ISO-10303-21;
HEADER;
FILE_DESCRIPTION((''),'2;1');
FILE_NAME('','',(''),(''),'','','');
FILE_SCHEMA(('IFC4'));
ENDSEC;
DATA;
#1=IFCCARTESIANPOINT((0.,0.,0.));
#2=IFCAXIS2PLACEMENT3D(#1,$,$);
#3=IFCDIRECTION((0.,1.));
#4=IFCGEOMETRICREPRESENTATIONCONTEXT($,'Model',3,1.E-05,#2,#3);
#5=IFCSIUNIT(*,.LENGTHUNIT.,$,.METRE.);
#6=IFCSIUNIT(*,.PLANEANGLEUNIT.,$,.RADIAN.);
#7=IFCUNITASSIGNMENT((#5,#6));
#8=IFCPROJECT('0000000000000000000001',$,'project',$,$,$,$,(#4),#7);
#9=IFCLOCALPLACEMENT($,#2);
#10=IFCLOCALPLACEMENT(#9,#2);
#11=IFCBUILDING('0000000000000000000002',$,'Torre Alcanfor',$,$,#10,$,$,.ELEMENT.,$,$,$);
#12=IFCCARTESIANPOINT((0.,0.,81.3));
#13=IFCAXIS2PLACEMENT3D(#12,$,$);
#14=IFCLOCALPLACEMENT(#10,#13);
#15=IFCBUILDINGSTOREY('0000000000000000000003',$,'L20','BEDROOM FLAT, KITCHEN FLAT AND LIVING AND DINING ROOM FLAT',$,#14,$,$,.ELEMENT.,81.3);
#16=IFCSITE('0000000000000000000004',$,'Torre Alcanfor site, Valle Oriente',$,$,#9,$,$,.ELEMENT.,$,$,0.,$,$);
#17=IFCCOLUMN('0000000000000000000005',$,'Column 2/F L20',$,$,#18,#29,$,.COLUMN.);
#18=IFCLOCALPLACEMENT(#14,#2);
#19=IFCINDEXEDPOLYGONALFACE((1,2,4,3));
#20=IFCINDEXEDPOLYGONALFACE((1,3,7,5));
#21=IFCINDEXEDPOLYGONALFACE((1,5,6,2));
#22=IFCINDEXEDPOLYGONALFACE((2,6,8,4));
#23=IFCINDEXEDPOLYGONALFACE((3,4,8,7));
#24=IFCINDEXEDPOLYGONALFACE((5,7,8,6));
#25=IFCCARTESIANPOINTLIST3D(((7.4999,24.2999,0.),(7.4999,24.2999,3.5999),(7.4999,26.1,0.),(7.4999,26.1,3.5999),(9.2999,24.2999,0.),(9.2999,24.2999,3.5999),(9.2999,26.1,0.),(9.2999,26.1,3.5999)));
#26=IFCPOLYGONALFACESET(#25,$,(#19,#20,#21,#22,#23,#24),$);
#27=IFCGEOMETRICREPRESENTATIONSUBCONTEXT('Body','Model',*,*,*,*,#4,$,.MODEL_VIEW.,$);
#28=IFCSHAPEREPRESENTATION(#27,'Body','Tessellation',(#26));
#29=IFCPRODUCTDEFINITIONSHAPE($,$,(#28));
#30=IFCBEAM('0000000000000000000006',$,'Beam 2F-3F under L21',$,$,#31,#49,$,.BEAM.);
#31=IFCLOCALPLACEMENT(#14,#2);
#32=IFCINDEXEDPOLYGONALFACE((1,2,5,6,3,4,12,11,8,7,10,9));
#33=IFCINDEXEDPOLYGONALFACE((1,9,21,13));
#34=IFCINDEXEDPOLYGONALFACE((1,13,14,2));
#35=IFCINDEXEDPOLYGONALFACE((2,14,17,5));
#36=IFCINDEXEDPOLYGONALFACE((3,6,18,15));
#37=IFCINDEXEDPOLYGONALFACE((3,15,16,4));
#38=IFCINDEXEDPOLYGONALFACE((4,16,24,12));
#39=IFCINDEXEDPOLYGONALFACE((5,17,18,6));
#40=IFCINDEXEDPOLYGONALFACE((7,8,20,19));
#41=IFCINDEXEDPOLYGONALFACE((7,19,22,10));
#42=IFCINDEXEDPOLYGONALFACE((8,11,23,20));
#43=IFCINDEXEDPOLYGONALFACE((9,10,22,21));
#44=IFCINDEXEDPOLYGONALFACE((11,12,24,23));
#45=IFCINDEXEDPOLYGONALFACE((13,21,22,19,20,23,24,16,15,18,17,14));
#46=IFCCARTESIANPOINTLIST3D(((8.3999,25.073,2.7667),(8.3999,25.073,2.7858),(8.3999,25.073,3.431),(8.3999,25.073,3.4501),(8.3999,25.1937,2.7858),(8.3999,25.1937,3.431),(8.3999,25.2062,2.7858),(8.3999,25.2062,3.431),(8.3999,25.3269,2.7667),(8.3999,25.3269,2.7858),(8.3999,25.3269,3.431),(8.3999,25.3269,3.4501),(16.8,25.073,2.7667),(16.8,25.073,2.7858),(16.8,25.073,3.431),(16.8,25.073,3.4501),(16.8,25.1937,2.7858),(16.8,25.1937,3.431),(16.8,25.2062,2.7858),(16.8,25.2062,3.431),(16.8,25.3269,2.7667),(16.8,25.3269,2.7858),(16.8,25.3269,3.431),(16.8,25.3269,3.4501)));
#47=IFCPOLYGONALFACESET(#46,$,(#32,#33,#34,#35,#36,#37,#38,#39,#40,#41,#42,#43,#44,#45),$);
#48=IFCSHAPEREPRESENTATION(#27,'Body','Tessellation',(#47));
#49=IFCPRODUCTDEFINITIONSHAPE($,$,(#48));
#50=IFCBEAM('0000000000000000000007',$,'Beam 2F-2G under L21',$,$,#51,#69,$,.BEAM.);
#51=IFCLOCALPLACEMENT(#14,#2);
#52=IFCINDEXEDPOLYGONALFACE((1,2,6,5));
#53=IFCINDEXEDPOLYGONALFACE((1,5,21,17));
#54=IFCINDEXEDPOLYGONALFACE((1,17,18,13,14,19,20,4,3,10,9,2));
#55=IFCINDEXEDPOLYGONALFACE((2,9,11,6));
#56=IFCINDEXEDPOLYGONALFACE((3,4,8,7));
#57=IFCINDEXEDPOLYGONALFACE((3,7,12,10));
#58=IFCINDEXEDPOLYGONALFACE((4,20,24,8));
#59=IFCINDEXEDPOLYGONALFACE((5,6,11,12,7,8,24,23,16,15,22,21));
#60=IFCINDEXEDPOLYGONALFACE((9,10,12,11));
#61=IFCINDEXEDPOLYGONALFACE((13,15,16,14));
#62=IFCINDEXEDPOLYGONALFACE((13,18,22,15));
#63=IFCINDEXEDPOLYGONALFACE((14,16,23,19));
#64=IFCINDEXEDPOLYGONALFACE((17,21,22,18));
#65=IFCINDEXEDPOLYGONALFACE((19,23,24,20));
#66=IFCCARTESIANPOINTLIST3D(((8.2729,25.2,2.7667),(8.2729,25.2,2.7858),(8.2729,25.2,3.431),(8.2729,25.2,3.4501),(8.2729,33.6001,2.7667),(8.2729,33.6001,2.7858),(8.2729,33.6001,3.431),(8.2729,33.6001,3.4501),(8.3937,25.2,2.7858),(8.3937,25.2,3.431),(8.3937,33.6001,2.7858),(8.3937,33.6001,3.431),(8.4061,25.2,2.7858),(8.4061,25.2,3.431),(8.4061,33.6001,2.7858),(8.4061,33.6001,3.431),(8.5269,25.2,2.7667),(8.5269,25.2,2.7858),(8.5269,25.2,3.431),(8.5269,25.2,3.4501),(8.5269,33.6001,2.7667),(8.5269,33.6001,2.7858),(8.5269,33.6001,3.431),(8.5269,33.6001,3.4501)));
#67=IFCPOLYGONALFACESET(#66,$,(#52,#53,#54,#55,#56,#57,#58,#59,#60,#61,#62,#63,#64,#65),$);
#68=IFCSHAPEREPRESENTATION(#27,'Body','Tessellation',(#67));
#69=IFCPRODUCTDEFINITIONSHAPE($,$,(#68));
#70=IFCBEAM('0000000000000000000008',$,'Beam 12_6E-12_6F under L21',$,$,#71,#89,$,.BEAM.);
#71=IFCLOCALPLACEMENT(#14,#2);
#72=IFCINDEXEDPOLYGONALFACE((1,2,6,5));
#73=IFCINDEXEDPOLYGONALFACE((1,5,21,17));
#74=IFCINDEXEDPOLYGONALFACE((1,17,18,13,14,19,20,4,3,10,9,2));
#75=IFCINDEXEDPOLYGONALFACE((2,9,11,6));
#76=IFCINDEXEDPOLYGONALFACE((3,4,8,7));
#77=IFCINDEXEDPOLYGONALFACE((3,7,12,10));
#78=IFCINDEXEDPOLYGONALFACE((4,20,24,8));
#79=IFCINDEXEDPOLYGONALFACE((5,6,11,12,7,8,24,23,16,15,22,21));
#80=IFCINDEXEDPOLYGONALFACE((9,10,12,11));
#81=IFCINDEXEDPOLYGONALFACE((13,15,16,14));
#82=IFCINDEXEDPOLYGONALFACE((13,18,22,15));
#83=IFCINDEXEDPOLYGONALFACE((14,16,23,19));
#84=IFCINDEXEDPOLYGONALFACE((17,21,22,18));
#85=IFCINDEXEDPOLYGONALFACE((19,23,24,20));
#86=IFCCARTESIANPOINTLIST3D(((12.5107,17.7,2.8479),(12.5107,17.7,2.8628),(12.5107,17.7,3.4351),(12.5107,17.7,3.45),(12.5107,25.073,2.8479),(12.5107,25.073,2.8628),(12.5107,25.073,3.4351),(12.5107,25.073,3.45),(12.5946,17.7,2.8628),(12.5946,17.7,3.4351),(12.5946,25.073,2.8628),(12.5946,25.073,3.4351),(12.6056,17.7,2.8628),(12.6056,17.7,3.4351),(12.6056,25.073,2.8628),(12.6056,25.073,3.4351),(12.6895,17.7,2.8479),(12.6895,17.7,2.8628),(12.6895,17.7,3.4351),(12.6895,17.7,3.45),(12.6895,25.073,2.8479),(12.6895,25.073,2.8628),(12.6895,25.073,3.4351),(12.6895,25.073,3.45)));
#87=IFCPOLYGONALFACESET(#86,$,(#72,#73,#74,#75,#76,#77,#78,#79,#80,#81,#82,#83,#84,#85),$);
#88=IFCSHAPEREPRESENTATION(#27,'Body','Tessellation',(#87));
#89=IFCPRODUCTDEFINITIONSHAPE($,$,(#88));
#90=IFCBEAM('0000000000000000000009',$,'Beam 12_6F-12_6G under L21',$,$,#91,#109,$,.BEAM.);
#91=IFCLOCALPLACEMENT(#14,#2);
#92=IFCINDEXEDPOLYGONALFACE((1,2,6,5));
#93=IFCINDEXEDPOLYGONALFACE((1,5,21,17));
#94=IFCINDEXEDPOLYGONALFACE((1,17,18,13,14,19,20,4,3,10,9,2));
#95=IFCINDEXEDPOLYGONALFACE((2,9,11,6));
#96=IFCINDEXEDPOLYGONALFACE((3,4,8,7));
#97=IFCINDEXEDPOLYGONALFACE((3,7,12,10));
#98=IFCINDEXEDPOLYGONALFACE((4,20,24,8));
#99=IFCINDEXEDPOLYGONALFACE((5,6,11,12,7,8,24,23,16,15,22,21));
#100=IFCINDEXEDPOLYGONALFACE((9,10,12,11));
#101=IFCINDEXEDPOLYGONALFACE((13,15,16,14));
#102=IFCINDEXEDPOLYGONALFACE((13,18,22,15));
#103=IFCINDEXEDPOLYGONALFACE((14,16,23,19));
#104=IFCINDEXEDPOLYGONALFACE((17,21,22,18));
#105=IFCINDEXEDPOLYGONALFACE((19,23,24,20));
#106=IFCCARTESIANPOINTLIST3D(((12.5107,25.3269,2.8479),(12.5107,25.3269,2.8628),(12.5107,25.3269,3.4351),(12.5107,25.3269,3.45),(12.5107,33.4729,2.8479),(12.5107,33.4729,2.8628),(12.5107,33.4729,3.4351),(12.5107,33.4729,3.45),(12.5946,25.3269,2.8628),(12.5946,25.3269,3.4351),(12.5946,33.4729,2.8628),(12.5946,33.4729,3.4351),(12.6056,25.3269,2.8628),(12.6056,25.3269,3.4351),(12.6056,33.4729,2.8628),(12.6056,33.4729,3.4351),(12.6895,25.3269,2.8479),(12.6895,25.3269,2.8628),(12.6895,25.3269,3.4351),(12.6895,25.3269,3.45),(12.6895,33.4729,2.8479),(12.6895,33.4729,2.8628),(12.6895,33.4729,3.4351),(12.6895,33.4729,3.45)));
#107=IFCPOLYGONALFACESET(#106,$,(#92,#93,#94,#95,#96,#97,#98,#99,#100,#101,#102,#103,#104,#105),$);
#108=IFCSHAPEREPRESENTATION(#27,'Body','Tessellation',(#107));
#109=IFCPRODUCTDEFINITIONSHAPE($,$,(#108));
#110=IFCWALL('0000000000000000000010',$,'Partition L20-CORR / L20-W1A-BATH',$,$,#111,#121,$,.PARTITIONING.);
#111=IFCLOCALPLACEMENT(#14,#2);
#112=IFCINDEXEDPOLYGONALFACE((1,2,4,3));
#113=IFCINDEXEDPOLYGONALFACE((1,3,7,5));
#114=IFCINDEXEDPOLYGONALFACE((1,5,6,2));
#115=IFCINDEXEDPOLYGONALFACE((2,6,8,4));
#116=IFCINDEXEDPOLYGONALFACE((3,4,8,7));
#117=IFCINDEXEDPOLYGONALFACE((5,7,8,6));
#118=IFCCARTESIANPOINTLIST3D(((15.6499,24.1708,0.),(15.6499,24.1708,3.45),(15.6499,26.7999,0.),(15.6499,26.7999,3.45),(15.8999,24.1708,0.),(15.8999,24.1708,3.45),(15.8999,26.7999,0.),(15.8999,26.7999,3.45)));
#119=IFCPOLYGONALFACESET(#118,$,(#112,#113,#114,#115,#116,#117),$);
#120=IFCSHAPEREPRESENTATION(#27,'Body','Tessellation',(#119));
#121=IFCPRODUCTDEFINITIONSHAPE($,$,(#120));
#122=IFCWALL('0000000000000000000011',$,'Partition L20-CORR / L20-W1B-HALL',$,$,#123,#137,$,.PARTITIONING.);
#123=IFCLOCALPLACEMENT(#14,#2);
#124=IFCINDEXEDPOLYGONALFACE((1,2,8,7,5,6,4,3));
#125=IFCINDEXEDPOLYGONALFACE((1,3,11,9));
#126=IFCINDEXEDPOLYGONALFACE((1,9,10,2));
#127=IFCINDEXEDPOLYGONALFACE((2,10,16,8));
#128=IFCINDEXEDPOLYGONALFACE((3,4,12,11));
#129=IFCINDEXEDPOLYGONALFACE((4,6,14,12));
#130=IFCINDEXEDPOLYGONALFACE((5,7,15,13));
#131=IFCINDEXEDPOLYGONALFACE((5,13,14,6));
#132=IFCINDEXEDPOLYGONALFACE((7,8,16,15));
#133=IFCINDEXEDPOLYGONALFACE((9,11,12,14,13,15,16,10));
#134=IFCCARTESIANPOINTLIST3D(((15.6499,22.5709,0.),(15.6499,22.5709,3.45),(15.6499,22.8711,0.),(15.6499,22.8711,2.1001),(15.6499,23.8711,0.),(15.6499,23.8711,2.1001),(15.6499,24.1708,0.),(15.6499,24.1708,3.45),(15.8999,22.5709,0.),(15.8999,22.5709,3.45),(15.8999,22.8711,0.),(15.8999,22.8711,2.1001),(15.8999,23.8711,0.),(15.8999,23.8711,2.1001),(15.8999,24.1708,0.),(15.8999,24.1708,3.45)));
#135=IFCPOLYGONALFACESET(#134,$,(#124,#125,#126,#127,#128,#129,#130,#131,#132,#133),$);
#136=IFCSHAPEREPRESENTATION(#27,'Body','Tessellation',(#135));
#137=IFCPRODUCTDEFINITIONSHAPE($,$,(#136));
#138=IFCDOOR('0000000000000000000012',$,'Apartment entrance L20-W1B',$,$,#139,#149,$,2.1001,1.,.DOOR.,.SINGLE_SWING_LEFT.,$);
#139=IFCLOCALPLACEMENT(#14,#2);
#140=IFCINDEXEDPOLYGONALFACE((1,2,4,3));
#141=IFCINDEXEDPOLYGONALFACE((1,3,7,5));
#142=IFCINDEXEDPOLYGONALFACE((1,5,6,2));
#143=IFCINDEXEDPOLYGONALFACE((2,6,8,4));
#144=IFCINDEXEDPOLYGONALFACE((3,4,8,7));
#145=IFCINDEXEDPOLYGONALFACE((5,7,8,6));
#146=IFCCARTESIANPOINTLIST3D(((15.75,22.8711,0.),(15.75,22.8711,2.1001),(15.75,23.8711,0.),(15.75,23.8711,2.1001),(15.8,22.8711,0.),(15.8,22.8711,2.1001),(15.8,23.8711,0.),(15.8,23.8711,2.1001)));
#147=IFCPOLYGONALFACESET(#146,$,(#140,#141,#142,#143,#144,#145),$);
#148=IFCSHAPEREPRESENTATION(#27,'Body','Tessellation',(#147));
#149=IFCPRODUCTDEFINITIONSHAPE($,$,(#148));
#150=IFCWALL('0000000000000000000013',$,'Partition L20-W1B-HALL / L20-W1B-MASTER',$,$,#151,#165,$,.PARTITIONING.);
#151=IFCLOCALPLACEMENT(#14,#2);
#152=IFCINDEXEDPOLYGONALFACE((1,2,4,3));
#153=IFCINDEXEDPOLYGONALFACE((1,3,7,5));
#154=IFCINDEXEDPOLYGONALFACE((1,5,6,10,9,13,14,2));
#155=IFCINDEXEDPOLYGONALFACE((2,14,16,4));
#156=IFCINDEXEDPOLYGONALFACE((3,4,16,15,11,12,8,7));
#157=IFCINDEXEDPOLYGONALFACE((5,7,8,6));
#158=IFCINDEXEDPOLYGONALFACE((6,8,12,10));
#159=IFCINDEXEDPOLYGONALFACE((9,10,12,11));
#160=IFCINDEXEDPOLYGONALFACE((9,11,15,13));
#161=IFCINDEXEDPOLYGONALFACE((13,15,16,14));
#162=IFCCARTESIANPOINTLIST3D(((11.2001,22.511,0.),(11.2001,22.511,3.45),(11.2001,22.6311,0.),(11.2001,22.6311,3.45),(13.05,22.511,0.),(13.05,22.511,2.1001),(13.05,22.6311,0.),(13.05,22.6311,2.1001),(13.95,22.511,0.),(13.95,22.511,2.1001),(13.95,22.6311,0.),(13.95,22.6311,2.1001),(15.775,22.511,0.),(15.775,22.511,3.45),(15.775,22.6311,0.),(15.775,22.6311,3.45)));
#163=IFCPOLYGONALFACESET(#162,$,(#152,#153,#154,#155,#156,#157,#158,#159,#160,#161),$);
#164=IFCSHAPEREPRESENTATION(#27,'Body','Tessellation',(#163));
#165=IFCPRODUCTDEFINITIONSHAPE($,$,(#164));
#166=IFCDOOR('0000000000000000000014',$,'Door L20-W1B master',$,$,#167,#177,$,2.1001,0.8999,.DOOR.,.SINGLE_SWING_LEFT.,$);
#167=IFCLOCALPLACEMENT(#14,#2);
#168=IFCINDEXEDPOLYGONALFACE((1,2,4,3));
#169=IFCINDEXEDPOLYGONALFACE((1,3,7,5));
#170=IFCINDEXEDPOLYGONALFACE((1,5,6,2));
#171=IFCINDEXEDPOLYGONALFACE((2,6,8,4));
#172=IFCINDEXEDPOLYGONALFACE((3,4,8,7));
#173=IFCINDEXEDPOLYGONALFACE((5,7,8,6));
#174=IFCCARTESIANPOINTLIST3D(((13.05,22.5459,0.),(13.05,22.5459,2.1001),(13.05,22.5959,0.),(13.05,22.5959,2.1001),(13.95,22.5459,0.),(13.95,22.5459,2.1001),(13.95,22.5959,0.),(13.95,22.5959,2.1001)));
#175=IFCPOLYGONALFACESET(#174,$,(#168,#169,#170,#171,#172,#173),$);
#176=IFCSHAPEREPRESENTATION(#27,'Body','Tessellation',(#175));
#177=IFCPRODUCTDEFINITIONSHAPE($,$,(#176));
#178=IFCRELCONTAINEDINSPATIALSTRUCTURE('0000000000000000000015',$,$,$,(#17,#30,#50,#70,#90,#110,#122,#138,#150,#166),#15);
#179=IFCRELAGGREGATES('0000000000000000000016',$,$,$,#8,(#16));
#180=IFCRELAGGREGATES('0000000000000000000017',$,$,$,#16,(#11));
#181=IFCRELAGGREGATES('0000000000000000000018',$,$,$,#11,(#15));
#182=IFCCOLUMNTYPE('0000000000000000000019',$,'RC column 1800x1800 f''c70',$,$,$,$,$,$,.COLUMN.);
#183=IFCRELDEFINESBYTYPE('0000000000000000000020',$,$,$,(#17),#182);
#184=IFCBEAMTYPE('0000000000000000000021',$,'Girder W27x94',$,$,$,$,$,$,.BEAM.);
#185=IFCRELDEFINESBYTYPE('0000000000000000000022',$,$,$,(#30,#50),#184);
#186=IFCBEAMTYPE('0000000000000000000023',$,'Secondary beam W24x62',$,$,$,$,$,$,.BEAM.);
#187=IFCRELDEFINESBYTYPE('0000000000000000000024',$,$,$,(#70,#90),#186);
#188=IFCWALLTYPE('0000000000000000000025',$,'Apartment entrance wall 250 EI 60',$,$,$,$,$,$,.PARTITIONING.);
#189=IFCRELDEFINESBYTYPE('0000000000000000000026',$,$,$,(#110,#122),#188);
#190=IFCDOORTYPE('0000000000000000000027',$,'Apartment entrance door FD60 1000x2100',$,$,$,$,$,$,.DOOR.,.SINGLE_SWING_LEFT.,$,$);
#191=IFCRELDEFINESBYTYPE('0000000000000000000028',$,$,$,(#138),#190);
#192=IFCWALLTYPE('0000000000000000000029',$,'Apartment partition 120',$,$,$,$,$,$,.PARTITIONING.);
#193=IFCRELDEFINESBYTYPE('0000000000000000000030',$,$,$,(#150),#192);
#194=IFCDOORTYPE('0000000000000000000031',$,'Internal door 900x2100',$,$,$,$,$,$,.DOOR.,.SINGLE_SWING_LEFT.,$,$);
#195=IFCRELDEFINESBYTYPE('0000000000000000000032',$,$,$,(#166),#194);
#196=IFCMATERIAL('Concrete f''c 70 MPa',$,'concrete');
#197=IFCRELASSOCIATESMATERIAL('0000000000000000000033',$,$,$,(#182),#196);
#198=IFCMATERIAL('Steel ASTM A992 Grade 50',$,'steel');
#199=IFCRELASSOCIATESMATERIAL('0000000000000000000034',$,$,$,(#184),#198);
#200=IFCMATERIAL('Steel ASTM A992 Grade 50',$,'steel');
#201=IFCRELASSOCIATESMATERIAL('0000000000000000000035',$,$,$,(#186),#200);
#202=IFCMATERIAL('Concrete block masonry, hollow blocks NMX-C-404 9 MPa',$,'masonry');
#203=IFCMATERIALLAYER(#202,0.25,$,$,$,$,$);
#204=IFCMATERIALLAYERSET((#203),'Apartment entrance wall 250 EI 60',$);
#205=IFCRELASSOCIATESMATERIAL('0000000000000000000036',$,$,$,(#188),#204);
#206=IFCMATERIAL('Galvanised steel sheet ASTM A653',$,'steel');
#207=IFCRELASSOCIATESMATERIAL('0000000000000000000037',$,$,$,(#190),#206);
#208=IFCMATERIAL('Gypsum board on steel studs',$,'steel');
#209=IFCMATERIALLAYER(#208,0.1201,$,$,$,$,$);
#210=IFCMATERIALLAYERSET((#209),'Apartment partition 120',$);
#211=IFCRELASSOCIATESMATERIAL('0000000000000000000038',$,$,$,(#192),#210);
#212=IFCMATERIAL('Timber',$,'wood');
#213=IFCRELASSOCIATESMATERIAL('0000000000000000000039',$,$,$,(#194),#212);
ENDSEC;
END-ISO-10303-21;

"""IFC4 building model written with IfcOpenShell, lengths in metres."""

from ifc_helpers import new_model, si_unit, direction, frame, frame_2d, origin, origin_2d, place, context, subcontext, project, spatial, rectangle, i_section, extrude, material, layer, layer_set, material_profile, profile_set, type_object, element, fill, save


model = new_model("IFC4")

# Units and contexts
model_context = context("Model", 3, precision=1e-05, world=origin(), true_north=direction((0.0, 1.0)))
body_context = subcontext(model_context, "Body", "Model", "MODEL_VIEW")
ifc_project = project(units=[si_unit("LENGTHUNIT", "METRE"), si_unit("PLANEANGLEUNIT", "RADIAN")], contexts=[model_context])

# Site, building, storey
site_placement = place(None, origin())
site = spatial("IfcSite", under=ifc_project, at=site_placement, Name="Torre Alcanfor site, Valle Oriente", CompositionType="ELEMENT", RefElevation=0.0)
building_placement = place(site_placement, origin())
building = spatial("IfcBuilding", under=site, at=building_placement, Name="Torre Alcanfor", CompositionType="ELEMENT")
storey_placement = place(building_placement, frame((0.0, 0.0, 81.3)))
storey = spatial("IfcBuildingStorey", under=building, at=storey_placement, Name="L20", Description="BEDROOM FLAT, KITCHEN FLAT AND LIVING AND DINING ROOM FLAT", CompositionType="ELEMENT", Elevation=81.3)

# Column
ifc_material_1 = material(Name="Concrete f'c 70 MPa", Category="concrete")
ifc_material_profile_1 = material_profile(ifc_material_1, rectangle(XDim=1.8, YDim=1.8, at=origin_2d()), Name="1800x1800")
ifc_profile_set_1 = profile_set([ifc_material_profile_1], Name="Concrete f'c 70 MPa")
column_type = type_object("IfcColumnType", Name="RC column 1800x1800 f'c70", PredefinedType="COLUMN", material=ifc_profile_set_1)
column_placement = place(storey_placement, frame((8.3999, 25.2, 0.0), z_axis=(0.0, 0.0, 1.0), x_axis=(1.0, 0.0, 0.0)))
element("IfcColumn", 1, at=column_placement, inside=storey, type_object=column_type, Name="Column 2/F L20", PredefinedType="COLUMN", context=body_context, shape_type="SweptSolid", body=[
    extrude(rectangle(XDim=1.8, YDim=1.8, at=origin_2d()), origin(), (0.0, 0.0, 1.0), 3.5999),
])

# Beams
ifc_material_2 = material(Name="Steel ASTM A992 Grade 50", Category="steel")
ifc_material_profile_2 = material_profile(ifc_material_2, i_section(OverallWidth=0.2539, OverallDepth=0.6833, WebThickness=0.0125, FlangeThickness=0.019, at=origin_2d()), Name="W27x94")
ifc_profile_set_2 = profile_set([ifc_material_profile_2], Name="Steel ASTM A992 Grade 50")
beam_type_1 = type_object("IfcBeamType", Name="Girder W27x94", PredefinedType="BEAM", material=ifc_profile_set_2)
for number, where, z_axis, x_axis, name in (
    (2, (8.3999, 25.2, 3.1084), (1.0, 0.0, 0.0), (0.0, 1.0, 0.0), "Beam 2F-3F under L21"),
    (3, (8.3999, 25.2, 3.1084), (0.0, 1.0, 0.0), (-1.0, 0.0, 0.0), "Beam 2F-2G under L21"),
):
    element("IfcBeam", number, at=place(storey_placement, frame(where, z_axis=z_axis, x_axis=x_axis)), inside=storey, type_object=beam_type_1, Name=name, PredefinedType="BEAM", context=body_context, shape_type="SweptSolid", body=[
        extrude(i_section(OverallWidth=0.2539, OverallDepth=0.6833, WebThickness=0.0125, FlangeThickness=0.019, at=origin_2d()), origin(), (0.0, 0.0, 1.0), 8.4001),
    ])
ifc_material_3 = material(Name="Steel ASTM A992 Grade 50", Category="steel")
ifc_material_profile_3 = material_profile(ifc_material_3, i_section(OverallWidth=0.1787, OverallDepth=0.6021, WebThickness=0.011, FlangeThickness=0.0149, at=origin_2d()), Name="W24x62")
ifc_profile_set_3 = profile_set([ifc_material_profile_3], Name="Steel ASTM A992 Grade 50")
beam_type_2 = type_object("IfcBeamType", Name="Secondary beam W24x62", PredefinedType="BEAM", material=ifc_profile_set_3)
beam_1_placement = place(storey_placement, frame((12.6001, 17.7, 3.1489), z_axis=(0.0, 1.0, 0.0), x_axis=(-1.0, 0.0, 0.0)))
element("IfcBeam", 4, at=beam_1_placement, inside=storey, type_object=beam_type_2, Name="Beam 12_6E-12_6F under L21", PredefinedType="BEAM", context=body_context, shape_type="SweptSolid", body=[
    extrude(i_section(OverallWidth=0.1787, OverallDepth=0.6021, WebThickness=0.011, FlangeThickness=0.0149, at=origin_2d()), origin(), (0.0, 0.0, 1.0), 7.373),
])
beam_2_placement = place(storey_placement, frame((12.6001, 25.3269, 3.1489), z_axis=(0.0, 1.0, 0.0), x_axis=(-1.0, 0.0, 0.0)))
element("IfcBeam", 5, at=beam_2_placement, inside=storey, type_object=beam_type_2, Name="Beam 12_6F-12_6G under L21", PredefinedType="BEAM", context=body_context, shape_type="SweptSolid", body=[
    extrude(i_section(OverallWidth=0.1787, OverallDepth=0.6021, WebThickness=0.011, FlangeThickness=0.0149, at=origin_2d()), origin(), (0.0, 0.0, 1.0), 8.146),
])

# Wall
ifc_material_4 = material(Name="Concrete block masonry, hollow blocks NMX-C-404 9 MPa", Category="masonry")
ifc_layer_1 = layer(ifc_material_4, 0.25)
ifc_layer_set_1 = layer_set([ifc_layer_1], Name="Apartment entrance wall 250 EI 60")
wall_type_1 = type_object("IfcWallType", Name="Apartment entrance wall 250 EI 60", PredefinedType="PARTITIONING", material=ifc_layer_set_1)
wall_1_placement = place(storey_placement, frame((15.7749, 24.1709, 0.0), z_axis=(0.0, 0.0, 1.0), x_axis=(0.0, 1.0, 0.0)))
element("IfcWall", 6, at=wall_1_placement, inside=storey, type_object=wall_type_1, Name="Partition L20-CORR / L20-W1A-BATH", PredefinedType="PARTITIONING", context=body_context, shape_type="SweptSolid", body=[
    extrude(rectangle(XDim=2.6292, YDim=0.25, at=frame_2d((1.3145, 0.0))), origin(), (0.0, 0.0, 1.0), 3.45),
])

# Walls, openings, doors
wall_2_placement = place(storey_placement, frame((15.7749, 22.571, 0.0), z_axis=(0.0, 0.0, 1.0), x_axis=(0.0, 1.0, 0.0)))
wall_2 = element("IfcWall", 7, at=wall_2_placement, inside=storey, type_object=wall_type_1, Name="Partition L20-CORR / L20-W1B-HALL", PredefinedType="PARTITIONING", context=body_context, shape_type="SweptSolid", body=[
    extrude(rectangle(XDim=1.5999, YDim=0.25, at=frame_2d((0.7998, 0.0))), origin(), (0.0, 0.0, 1.0), 3.45),
])
opening_1_placement = place(wall_2_placement, frame((0.3, 0.0, 0.0)))
opening_1 = element("IfcOpeningElement", 8, at=opening_1_placement, cuts=wall_2, PredefinedType="OPENING", context=body_context, shape_type="SweptSolid", body=[
    extrude(rectangle(XDim=1.0, YDim=2.1001, at=frame_2d((0.5, 1.05))), frame((0.0, 0.135, 0.0), z_axis=(0.0, -1.0, 0.0), x_axis=(1.0, 0.0, 0.0)), (0.0, 0.0, 1.0), 0.27),
])
ifc_material_5 = material(Name="Galvanised steel sheet ASTM A653", Category="steel")
door_type_1 = type_object("IfcDoorType", Name="Apartment entrance door FD60 1000x2100", OperationType="SINGLE_SWING_LEFT", PredefinedType="DOOR", material=ifc_material_5)
door_1_placement = place(opening_1_placement, origin())
door_1 = element("IfcDoor", 9, at=door_1_placement, inside=storey, type_object=door_type_1, Name="Apartment entrance L20-W1B", OperationType="SINGLE_SWING_LEFT", OverallHeight=2.1001, OverallWidth=1.0, PredefinedType="DOOR", context=body_context, shape_type="SweptSolid", body=[
    extrude(rectangle(XDim=1.0, YDim=2.1001, at=frame_2d((0.5, 1.05))), frame((0.0, 0.0249, 0.0), z_axis=(0.0, -1.0, 0.0), x_axis=(1.0, 0.0, 0.0)), (0.0, 0.0, 1.0), 0.05),
])
fill(opening_1, door_1)
ifc_material_6 = material(Name="Gypsum board on steel studs", Category="steel")
ifc_layer_2 = layer(ifc_material_6, 0.1201)
ifc_layer_set_2 = layer_set([ifc_layer_2], Name="Apartment partition 120")
wall_type_2 = type_object("IfcWallType", Name="Apartment partition 120", PredefinedType="PARTITIONING", material=ifc_layer_set_2)
wall_3_placement = place(storey_placement, frame((11.2, 22.571, 0.0), z_axis=(0.0, 0.0, 1.0), x_axis=(1.0, 0.0, 0.0)))
wall_3 = element("IfcWall", 10, at=wall_3_placement, inside=storey, type_object=wall_type_2, Name="Partition L20-W1B-HALL / L20-W1B-MASTER", PredefinedType="PARTITIONING", context=body_context, shape_type="SweptSolid", body=[
    extrude(rectangle(XDim=4.575, YDim=0.1201, at=frame_2d((2.2876, 0.0))), origin(), (0.0, 0.0, 1.0), 3.45),
])
opening_2_placement = place(wall_3_placement, frame((1.8501, 0.0, 0.0)))
opening_2 = element("IfcOpeningElement", 11, at=opening_2_placement, cuts=wall_3, PredefinedType="OPENING", context=body_context, shape_type="SweptSolid", body=[
    extrude(rectangle(XDim=0.8999, YDim=2.1001, at=frame_2d((0.45, 1.05))), frame((0.0, 0.0701, 0.0), z_axis=(0.0, -1.0, 0.0), x_axis=(1.0, 0.0, 0.0)), (0.0, 0.0, 1.0), 0.1401),
])
ifc_material_7 = material(Name="Timber", Category="wood")
door_type_2 = type_object("IfcDoorType", Name="Internal door 900x2100", OperationType="SINGLE_SWING_LEFT", PredefinedType="DOOR", material=ifc_material_7)
door_2_placement = place(opening_2_placement, frame((0.8999, 0.0, 0.0), z_axis=(0.0, 0.0, 1.0), x_axis=(-1.0, 0.0, 0.0)))
door_2 = element("IfcDoor", 12, at=door_2_placement, inside=storey, type_object=door_type_2, Name="Door L20-W1B master", OperationType="SINGLE_SWING_LEFT", OverallHeight=2.1001, OverallWidth=0.8999, PredefinedType="DOOR", context=body_context, shape_type="SweptSolid", body=[
    extrude(rectangle(XDim=0.8999, YDim=2.1001, at=frame_2d((0.45, 1.05))), frame((0.0, 0.0251, 0.0), z_axis=(0.0, -1.0, 0.0), x_axis=(1.0, 0.0, 0.0)), (0.0, 0.0, 1.0), 0.05),
])
fill(opening_2, door_2)

save(model, "model.ifc")
